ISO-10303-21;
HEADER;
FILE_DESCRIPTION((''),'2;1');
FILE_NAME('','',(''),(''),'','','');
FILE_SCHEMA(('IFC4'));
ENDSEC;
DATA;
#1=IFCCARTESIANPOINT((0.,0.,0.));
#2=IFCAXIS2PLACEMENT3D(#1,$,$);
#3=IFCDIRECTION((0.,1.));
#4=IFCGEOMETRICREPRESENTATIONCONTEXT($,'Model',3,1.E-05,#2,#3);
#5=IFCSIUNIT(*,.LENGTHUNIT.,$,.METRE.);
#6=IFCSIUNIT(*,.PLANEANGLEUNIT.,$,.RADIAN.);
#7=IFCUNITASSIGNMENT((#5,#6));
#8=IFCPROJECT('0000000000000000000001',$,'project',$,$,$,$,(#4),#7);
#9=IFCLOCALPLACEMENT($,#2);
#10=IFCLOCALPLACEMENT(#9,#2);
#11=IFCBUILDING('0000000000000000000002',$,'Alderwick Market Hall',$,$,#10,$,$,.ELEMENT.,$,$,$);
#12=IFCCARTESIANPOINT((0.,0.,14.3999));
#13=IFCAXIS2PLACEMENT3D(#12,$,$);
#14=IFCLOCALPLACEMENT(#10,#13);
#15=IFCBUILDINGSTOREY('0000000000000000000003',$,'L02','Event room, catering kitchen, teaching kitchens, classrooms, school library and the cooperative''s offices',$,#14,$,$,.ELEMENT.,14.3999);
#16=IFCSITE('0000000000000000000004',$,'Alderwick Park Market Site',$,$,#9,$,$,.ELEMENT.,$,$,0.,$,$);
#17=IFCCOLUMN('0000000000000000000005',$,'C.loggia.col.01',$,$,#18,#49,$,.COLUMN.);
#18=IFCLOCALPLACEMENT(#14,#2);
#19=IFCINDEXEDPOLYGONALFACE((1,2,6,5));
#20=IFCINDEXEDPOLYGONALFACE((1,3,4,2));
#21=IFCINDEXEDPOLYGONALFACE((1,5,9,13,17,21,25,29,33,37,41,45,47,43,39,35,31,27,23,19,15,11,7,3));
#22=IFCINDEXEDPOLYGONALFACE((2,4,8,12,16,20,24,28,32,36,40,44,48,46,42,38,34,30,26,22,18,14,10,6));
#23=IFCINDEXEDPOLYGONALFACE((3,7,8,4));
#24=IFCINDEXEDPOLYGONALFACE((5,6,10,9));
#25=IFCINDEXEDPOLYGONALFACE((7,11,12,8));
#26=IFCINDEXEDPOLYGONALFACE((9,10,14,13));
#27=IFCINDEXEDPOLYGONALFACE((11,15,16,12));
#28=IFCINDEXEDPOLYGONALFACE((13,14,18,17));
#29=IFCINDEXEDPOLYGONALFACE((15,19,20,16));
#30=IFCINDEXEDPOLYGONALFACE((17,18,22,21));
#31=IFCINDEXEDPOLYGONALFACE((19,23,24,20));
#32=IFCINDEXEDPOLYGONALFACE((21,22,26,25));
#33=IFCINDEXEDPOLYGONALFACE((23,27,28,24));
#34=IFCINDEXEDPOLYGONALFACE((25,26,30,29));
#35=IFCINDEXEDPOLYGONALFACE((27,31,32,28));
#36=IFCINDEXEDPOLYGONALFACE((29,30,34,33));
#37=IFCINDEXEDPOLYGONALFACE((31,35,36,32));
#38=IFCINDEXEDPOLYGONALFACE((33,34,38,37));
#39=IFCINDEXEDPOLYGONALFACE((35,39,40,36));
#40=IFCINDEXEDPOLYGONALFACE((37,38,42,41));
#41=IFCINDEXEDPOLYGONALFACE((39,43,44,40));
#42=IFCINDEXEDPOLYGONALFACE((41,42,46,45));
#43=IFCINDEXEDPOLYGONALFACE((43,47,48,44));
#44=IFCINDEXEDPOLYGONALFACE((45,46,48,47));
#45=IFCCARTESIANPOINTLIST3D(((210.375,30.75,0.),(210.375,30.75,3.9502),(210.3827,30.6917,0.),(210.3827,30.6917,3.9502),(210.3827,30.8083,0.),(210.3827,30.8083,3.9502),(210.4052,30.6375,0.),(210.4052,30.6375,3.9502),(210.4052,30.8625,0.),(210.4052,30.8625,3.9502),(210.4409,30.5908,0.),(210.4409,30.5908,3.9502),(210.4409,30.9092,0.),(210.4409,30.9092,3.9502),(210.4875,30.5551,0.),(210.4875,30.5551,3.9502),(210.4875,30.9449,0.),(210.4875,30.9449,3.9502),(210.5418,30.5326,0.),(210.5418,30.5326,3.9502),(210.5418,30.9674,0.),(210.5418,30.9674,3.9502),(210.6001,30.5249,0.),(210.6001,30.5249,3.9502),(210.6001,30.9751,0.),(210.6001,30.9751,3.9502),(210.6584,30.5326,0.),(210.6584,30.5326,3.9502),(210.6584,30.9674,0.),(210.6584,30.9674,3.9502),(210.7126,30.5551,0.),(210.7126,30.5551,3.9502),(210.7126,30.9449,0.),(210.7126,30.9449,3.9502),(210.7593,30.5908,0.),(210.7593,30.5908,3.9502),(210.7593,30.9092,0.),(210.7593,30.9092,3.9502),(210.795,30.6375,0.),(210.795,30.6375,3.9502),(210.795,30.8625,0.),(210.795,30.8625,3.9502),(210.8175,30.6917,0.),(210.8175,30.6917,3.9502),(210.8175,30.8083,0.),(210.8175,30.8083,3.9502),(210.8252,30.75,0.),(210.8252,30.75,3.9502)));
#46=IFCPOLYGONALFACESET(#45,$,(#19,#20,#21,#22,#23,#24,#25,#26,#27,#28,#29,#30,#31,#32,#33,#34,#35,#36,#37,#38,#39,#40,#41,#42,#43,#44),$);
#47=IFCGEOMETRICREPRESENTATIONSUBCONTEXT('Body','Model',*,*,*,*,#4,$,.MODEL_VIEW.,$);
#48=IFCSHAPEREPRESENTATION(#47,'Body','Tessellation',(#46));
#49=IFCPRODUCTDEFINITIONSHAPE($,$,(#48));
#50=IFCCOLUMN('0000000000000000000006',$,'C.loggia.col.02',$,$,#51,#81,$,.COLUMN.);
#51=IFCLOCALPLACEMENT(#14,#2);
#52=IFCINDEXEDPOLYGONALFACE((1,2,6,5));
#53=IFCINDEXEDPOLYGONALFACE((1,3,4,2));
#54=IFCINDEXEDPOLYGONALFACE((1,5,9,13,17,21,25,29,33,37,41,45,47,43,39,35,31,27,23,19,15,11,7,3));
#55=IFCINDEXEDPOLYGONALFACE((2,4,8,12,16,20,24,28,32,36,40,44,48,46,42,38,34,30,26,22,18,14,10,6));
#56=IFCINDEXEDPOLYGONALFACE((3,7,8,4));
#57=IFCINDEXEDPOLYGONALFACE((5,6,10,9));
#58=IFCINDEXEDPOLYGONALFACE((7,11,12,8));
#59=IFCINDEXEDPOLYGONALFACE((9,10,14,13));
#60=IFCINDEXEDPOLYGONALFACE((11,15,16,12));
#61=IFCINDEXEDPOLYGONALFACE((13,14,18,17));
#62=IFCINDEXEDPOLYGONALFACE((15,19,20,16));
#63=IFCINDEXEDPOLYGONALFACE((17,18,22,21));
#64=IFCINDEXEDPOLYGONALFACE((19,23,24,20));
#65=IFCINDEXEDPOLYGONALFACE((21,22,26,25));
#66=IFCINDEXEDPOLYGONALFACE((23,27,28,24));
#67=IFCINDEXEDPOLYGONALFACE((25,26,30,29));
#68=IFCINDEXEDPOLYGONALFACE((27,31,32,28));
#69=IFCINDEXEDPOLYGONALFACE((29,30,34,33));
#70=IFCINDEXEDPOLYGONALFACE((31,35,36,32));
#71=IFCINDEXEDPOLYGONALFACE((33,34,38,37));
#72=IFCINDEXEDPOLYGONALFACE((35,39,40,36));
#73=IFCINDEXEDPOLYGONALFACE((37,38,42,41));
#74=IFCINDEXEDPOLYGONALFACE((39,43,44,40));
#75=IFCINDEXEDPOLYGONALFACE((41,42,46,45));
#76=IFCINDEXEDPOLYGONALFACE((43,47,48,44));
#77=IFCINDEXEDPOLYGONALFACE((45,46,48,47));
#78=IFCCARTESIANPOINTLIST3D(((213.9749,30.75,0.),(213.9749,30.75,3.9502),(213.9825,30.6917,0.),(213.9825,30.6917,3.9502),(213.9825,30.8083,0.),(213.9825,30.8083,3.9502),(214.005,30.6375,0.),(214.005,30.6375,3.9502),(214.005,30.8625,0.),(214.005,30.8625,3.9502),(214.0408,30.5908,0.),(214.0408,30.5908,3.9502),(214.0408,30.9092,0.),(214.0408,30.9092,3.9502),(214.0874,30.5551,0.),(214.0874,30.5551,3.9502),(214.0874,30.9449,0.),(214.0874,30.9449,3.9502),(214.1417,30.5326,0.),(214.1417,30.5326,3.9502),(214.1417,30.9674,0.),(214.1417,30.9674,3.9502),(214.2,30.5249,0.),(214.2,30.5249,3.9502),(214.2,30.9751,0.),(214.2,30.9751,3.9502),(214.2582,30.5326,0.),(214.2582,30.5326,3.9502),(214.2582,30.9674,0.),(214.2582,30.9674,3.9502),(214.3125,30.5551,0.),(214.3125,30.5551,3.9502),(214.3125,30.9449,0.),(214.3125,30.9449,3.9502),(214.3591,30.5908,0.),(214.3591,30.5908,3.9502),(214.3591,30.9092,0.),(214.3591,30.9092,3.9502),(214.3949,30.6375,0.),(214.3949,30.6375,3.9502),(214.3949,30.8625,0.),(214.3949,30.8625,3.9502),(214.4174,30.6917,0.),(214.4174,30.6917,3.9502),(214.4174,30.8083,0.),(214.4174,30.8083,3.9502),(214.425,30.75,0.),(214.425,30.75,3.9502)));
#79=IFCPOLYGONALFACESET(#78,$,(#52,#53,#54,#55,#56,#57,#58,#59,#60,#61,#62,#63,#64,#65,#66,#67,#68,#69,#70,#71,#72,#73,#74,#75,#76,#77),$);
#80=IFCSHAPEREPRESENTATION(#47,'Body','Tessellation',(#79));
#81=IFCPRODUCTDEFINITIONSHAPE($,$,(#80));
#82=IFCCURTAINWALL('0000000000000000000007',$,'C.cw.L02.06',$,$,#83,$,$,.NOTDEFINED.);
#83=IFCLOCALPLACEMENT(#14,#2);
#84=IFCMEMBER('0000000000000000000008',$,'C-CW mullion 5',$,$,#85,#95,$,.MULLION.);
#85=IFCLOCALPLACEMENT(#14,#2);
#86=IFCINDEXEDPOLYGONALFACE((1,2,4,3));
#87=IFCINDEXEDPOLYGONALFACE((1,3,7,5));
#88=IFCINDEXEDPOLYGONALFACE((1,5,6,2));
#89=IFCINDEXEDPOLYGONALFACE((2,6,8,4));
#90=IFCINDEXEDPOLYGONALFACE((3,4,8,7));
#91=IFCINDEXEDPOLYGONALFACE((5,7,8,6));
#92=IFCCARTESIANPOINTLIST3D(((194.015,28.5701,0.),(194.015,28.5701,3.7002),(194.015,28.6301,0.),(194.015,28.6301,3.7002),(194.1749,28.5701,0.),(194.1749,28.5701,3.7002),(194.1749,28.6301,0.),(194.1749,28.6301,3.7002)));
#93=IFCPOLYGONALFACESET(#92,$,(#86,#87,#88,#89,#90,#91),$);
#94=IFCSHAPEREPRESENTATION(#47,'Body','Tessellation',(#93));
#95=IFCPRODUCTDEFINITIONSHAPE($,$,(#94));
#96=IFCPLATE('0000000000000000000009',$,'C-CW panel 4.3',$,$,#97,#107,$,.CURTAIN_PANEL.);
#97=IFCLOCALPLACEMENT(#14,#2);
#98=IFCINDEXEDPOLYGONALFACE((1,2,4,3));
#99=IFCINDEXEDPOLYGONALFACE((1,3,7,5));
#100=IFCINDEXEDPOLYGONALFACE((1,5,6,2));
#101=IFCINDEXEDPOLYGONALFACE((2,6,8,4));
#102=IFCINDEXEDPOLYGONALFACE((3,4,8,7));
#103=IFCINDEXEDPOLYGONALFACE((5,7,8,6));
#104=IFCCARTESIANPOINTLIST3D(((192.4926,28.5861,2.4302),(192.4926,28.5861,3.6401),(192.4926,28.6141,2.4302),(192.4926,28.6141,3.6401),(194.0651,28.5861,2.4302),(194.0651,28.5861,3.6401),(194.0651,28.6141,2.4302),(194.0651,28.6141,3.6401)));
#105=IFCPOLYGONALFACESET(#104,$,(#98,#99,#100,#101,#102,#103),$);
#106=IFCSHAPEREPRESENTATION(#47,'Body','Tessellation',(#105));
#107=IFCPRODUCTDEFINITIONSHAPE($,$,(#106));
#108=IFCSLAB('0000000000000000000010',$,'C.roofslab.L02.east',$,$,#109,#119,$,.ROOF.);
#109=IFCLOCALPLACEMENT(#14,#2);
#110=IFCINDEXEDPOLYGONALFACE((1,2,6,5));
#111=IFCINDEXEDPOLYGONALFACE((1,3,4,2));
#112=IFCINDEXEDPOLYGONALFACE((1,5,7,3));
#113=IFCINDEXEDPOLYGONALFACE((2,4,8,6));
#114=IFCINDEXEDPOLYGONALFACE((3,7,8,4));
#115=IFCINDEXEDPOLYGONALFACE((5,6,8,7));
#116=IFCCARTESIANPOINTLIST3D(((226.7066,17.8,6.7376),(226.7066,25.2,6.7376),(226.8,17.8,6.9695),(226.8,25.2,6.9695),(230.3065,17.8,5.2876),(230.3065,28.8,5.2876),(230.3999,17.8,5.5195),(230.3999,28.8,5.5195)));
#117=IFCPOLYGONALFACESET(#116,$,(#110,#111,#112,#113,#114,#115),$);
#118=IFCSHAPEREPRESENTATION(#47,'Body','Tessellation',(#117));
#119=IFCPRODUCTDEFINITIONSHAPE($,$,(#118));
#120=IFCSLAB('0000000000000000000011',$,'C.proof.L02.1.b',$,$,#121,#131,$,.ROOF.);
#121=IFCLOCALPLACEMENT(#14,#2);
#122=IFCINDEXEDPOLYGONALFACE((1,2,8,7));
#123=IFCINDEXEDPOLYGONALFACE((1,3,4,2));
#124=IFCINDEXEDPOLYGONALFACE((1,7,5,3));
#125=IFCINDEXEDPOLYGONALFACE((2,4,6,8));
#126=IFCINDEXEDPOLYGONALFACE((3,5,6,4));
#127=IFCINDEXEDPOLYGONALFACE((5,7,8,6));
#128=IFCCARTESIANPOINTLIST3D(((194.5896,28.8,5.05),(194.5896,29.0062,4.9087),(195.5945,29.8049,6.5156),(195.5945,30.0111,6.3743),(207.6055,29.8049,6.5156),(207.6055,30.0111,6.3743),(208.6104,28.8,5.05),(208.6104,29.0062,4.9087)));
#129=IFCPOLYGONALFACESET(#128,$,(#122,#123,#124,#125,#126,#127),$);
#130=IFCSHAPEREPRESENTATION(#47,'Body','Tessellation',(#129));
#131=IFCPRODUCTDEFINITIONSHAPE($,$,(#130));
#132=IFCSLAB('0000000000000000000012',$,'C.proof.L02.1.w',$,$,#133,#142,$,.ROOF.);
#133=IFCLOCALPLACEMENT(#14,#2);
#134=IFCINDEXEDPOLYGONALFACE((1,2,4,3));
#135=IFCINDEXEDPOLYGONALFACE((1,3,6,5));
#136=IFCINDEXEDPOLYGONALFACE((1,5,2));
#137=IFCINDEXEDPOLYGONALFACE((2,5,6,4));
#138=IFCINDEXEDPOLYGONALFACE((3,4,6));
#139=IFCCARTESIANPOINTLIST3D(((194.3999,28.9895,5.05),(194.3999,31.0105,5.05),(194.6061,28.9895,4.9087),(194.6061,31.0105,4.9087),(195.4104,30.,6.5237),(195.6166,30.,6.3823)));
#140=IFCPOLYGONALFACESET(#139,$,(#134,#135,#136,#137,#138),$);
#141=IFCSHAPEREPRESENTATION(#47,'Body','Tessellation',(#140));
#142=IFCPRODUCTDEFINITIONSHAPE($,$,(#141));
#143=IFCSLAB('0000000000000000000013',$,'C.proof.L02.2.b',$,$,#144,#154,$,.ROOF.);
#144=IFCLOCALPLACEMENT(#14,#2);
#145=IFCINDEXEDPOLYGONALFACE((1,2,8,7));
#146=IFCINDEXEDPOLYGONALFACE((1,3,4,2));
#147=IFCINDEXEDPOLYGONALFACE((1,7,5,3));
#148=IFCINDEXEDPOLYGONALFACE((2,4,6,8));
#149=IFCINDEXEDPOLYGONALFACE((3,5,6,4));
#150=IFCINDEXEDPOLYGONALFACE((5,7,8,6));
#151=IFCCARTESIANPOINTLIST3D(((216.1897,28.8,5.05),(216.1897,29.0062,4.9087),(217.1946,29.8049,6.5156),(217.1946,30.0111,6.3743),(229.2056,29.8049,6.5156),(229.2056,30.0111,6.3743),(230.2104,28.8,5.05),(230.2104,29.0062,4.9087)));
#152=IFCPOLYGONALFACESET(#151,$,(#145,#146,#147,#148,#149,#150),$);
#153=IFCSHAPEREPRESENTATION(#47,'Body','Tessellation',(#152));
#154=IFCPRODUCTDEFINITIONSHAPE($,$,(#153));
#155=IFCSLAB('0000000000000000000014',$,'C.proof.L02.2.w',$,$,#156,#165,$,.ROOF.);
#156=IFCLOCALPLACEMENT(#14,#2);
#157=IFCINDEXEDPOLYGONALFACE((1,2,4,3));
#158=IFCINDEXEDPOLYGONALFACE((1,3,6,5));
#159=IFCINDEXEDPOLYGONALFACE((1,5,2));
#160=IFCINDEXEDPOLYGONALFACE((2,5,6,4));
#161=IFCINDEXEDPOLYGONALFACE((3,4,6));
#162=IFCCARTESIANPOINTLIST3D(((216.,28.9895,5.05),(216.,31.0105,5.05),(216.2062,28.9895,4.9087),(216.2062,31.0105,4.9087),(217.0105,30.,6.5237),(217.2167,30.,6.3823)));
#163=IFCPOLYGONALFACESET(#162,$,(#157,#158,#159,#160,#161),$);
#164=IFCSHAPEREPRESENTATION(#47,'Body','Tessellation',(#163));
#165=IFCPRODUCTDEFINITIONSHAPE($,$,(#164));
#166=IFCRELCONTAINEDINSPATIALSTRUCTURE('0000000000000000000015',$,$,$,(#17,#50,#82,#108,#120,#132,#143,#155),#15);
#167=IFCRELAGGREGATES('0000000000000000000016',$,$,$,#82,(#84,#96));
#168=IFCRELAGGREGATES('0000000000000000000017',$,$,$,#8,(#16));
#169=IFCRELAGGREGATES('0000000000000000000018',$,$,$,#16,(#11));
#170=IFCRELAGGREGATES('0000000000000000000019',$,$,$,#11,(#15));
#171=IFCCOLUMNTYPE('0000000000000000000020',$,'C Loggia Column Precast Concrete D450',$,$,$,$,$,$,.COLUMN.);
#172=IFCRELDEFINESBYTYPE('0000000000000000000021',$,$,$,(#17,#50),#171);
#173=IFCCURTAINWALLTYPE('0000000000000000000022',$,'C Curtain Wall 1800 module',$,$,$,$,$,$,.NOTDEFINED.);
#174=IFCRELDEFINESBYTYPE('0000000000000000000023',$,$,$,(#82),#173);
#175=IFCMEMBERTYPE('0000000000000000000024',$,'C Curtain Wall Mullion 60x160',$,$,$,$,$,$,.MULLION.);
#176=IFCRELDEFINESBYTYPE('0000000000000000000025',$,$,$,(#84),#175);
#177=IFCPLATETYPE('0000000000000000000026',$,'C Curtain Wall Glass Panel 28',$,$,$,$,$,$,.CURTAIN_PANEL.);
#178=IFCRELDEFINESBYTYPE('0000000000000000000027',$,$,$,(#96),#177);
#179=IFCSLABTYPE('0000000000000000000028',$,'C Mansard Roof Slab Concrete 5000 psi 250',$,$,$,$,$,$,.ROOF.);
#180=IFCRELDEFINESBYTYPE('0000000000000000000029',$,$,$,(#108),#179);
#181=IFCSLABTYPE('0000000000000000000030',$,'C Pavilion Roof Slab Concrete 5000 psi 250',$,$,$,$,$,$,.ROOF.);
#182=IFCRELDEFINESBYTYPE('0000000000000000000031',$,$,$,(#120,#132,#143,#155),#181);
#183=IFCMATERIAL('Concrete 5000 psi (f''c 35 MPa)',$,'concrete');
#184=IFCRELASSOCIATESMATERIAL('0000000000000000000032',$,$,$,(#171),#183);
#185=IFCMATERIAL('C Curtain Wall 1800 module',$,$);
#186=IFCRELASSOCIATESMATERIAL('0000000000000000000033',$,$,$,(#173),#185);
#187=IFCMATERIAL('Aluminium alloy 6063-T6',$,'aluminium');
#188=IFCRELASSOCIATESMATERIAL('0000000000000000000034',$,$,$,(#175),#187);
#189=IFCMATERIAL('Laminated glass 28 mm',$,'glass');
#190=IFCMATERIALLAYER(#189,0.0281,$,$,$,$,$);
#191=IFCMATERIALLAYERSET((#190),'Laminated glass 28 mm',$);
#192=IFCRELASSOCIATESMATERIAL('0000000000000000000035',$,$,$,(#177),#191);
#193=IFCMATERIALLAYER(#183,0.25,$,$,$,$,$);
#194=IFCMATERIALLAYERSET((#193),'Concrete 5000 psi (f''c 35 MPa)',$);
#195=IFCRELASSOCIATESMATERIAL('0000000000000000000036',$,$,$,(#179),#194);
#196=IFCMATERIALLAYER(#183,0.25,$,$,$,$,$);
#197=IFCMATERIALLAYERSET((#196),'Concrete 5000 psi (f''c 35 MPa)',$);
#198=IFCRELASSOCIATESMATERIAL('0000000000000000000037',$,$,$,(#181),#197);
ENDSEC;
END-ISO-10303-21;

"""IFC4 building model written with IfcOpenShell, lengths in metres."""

from ifc_helpers import new_model, si_unit, direction, frame, origin, origin_2d, place, context, subcontext, project, spatial, polyline, rectangle, circle, outline, extrude, material, layer, layer_set, material_profile, profile_set, type_object, element, aggregate, save


model = new_model("IFC4")

# Units and contexts
model_context = context("Model", 3, precision=1e-05, world=origin(), true_north=direction((0.0, 1.0)))
body_context = subcontext(model_context, "Body", "Model", "MODEL_VIEW")
ifc_project = project(units=[si_unit("LENGTHUNIT", "METRE"), si_unit("PLANEANGLEUNIT", "RADIAN")], contexts=[model_context])

# Site, building, storey
site_placement = place(None, origin())
site = spatial("IfcSite", under=ifc_project, at=site_placement, Name="Alderwick Park Market Site", CompositionType="ELEMENT", RefElevation=0.0)
building_placement = place(site_placement, origin())
building = spatial("IfcBuilding", under=site, at=building_placement, Name="Alderwick Market Hall", CompositionType="ELEMENT")
storey_placement = place(building_placement, frame((0.0, 0.0, 14.3999)))
storey = spatial("IfcBuildingStorey", under=building, at=storey_placement, Name="L02", Description="Event room, catering kitchen, teaching kitchens, classrooms, school library and the cooperative's offices", CompositionType="ELEMENT", Elevation=14.3999)

# Columns
ifc_material_1 = material(Name="Concrete 5000 psi (f'c 35 MPa)", Category="concrete")
ifc_material_profile_1 = material_profile(ifc_material_1, circle(Radius=0.2251, at=origin_2d()), Name="PC D450")
ifc_profile_set_1 = profile_set([ifc_material_profile_1], Name="Concrete 5000 psi (f'c 35 MPa)")
column_type = type_object("IfcColumnType", Name="C Loggia Column Precast Concrete D450", PredefinedType="COLUMN", material=ifc_profile_set_1)
for number, where, z_axis, x_axis, name in (
    (1, (210.6001, 30.75, 0.0), (0.0, 0.0, 1.0), (1.0, 0.0, 0.0), "C.loggia.col.01"),
    (2, (214.2, 30.75, 0.0), (0.0, 0.0, 1.0), (1.0, 0.0, 0.0), "C.loggia.col.02"),
):
    element("IfcColumn", number, at=place(storey_placement, frame(where, z_axis=z_axis, x_axis=x_axis)), inside=storey, type_object=column_type, Name=name, PredefinedType="COLUMN", context=body_context, shape_type="SweptSolid", body=[
        extrude(circle(Radius=0.2251, at=origin_2d()), origin(), (0.0, 0.0, 1.0), 3.9502),
    ])

# Curtain wall, member, plate
ifc_material_2 = material(Name="C Curtain Wall 1800 module")
curtain_wall_type = type_object("IfcCurtainWallType", Name="C Curtain Wall 1800 module", PredefinedType="NOTDEFINED", material=ifc_material_2)
curtain_wall_placement = place(storey_placement, origin())
curtain_wall = element("IfcCurtainWall", 3, at=curtain_wall_placement, inside=storey, type_object=curtain_wall_type, Name="C.cw.L02.06", PredefinedType="NOTDEFINED")
ifc_material_3 = material(Name="Aluminium alloy 6063-T6", Category="aluminium")
ifc_material_profile_2 = material_profile(ifc_material_3, rectangle(XDim=0.0601, YDim=0.1599, at=origin_2d()), Name="AL 60x160")
ifc_profile_set_2 = profile_set([ifc_material_profile_2], Name="Aluminium alloy 6063-T6")
member_type = type_object("IfcMemberType", Name="C Curtain Wall Mullion 60x160", PredefinedType="MULLION", material=ifc_profile_set_2)
member_placement = place(storey_placement, frame((194.095, 28.6001, 0.0), z_axis=(0.0, 0.0, 1.0), x_axis=(0.0, 1.0, 0.0)))
member = element("IfcMember", 4, at=member_placement, type_object=member_type, Name="C-CW mullion 5", PredefinedType="MULLION", context=body_context, shape_type="SweptSolid", body=[
    extrude(rectangle(XDim=0.0601, YDim=0.1599, at=origin_2d()), origin(), (0.0, 0.0, 1.0), 3.7002),
])
ifc_material_4 = material(Name="Laminated glass 28 mm", Category="glass")
ifc_layer_1 = layer(ifc_material_4, 0.0281)
ifc_layer_set_1 = layer_set([ifc_layer_1], Name="Laminated glass 28 mm")
plate_type = type_object("IfcPlateType", Name="C Curtain Wall Glass Panel 28", PredefinedType="CURTAIN_PANEL", material=ifc_layer_set_1)
plate_placement = place(storey_placement, frame((193.2788, 28.6001, 2.4302), z_axis=(0.0, 0.0, 1.0), x_axis=(1.0, 0.0, 0.0)))
plate = element("IfcPlate", 5, at=plate_placement, type_object=plate_type, Name="C-CW panel 4.3", PredefinedType="CURTAIN_PANEL", context=body_context, shape_type="SweptSolid", body=[
    extrude(rectangle(XDim=1.5725, YDim=0.0281, at=origin_2d()), origin(), (0.0, 0.0, 1.0), 1.21),
])
aggregate(curtain_wall, [member, plate])

# Slabs
ifc_layer_2 = layer(ifc_material_1, 0.25)
ifc_layer_set_2 = layer_set([ifc_layer_2], Name="Concrete 5000 psi (f'c 35 MPa)")
slab_type_1 = type_object("IfcSlabType", Name="C Mansard Roof Slab Concrete 5000 psi 250", PredefinedType="ROOF", material=ifc_layer_set_2)
slab_1_placement = place(storey_placement, frame((230.3999, 28.8, 5.5195), z_axis=(0.373613, 0.0, 0.927585), x_axis=(0.0, -1.0, 0.0)))
element("IfcSlab", 6, at=slab_1_placement, inside=storey, type_object=slab_type_1, Name="C.roofslab.L02.east", PredefinedType="ROOF", context=body_context, shape_type="SweptSolid", body=[
    extrude(outline(polyline([(0.0, 0.0), (11.0, 0.0), (11.0, -3.8809), (3.6001, -3.8809), (0.0, 0.0)])), origin(), (0.0, 0.0, -1.0), 0.25),
])
ifc_layer_3 = layer(ifc_material_1, 0.25)
ifc_layer_set_3 = layer_set([ifc_layer_3], Name="Concrete 5000 psi (f'c 35 MPa)")
slab_type_2 = type_object("IfcSlabType", Name="C Pavilion Roof Slab Concrete 5000 psi 250", PredefinedType="ROOF", material=ifc_layer_set_3)
slab_2_placement = place(storey_placement, frame((208.6104, 28.8, 5.05), z_axis=(0.0, -0.824751, 0.565496), x_axis=(-1.0, 0.0, 0.0)))
element("IfcSlab", 7, at=slab_2_placement, inside=storey, type_object=slab_type_2, Name="C.proof.L02.1.b", PredefinedType="ROOF", context=body_context, shape_type="SweptSolid", body=[
    extrude(outline(polyline([(0.0, 0.0), (14.0208, 0.0), (13.0159, -1.777), (1.0049, -1.777), (0.0, 0.0)])), origin(), (0.0, 0.0, -1.0), 0.25),
])
slab_3_placement = place(storey_placement, frame((194.3999, 28.9895, 5.05), z_axis=(-0.824727, 0.0, 0.565531), x_axis=(0.0, 1.0, 0.0)))
element("IfcSlab", 8, at=slab_3_placement, inside=storey, type_object=slab_type_2, Name="C.proof.L02.1.w", PredefinedType="ROOF", context=body_context, shape_type="SweptSolid", body=[
    extrude(outline(polyline([(0.0, 0.0), (2.021, 0.0), (1.0105, -1.7868), (0.0, 0.0)])), origin(), (0.0, 0.0, -1.0), 0.25),
])
slab_4_placement = place(storey_placement, frame((230.2104, 28.8, 5.05), z_axis=(0.0, -0.824751, 0.565496), x_axis=(-1.0, 0.0, 0.0)))
element("IfcSlab", 9, at=slab_4_placement, inside=storey, type_object=slab_type_2, Name="C.proof.L02.2.b", PredefinedType="ROOF", context=body_context, shape_type="SweptSolid", body=[
    extrude(outline(polyline([(0.0, 0.0), (14.0208, 0.0), (13.0159, -1.777), (1.0049, -1.777), (0.0, 0.0)])), origin(), (0.0, 0.0, -1.0), 0.25),
])
slab_5_placement = place(storey_placement, frame((216.0, 28.9895, 5.05), z_axis=(-0.824727, 0.0, 0.565531), x_axis=(0.0, 1.0, 0.0)))
element("IfcSlab", 10, at=slab_5_placement, inside=storey, type_object=slab_type_2, Name="C.proof.L02.2.w", PredefinedType="ROOF", context=body_context, shape_type="SweptSolid", body=[
    extrude(outline(polyline([(0.0, 0.0), (2.021, 0.0), (1.0105, -1.7868), (0.0, 0.0)])), origin(), (0.0, 0.0, -1.0), 0.25),
])

save(model, "model.ifc")
